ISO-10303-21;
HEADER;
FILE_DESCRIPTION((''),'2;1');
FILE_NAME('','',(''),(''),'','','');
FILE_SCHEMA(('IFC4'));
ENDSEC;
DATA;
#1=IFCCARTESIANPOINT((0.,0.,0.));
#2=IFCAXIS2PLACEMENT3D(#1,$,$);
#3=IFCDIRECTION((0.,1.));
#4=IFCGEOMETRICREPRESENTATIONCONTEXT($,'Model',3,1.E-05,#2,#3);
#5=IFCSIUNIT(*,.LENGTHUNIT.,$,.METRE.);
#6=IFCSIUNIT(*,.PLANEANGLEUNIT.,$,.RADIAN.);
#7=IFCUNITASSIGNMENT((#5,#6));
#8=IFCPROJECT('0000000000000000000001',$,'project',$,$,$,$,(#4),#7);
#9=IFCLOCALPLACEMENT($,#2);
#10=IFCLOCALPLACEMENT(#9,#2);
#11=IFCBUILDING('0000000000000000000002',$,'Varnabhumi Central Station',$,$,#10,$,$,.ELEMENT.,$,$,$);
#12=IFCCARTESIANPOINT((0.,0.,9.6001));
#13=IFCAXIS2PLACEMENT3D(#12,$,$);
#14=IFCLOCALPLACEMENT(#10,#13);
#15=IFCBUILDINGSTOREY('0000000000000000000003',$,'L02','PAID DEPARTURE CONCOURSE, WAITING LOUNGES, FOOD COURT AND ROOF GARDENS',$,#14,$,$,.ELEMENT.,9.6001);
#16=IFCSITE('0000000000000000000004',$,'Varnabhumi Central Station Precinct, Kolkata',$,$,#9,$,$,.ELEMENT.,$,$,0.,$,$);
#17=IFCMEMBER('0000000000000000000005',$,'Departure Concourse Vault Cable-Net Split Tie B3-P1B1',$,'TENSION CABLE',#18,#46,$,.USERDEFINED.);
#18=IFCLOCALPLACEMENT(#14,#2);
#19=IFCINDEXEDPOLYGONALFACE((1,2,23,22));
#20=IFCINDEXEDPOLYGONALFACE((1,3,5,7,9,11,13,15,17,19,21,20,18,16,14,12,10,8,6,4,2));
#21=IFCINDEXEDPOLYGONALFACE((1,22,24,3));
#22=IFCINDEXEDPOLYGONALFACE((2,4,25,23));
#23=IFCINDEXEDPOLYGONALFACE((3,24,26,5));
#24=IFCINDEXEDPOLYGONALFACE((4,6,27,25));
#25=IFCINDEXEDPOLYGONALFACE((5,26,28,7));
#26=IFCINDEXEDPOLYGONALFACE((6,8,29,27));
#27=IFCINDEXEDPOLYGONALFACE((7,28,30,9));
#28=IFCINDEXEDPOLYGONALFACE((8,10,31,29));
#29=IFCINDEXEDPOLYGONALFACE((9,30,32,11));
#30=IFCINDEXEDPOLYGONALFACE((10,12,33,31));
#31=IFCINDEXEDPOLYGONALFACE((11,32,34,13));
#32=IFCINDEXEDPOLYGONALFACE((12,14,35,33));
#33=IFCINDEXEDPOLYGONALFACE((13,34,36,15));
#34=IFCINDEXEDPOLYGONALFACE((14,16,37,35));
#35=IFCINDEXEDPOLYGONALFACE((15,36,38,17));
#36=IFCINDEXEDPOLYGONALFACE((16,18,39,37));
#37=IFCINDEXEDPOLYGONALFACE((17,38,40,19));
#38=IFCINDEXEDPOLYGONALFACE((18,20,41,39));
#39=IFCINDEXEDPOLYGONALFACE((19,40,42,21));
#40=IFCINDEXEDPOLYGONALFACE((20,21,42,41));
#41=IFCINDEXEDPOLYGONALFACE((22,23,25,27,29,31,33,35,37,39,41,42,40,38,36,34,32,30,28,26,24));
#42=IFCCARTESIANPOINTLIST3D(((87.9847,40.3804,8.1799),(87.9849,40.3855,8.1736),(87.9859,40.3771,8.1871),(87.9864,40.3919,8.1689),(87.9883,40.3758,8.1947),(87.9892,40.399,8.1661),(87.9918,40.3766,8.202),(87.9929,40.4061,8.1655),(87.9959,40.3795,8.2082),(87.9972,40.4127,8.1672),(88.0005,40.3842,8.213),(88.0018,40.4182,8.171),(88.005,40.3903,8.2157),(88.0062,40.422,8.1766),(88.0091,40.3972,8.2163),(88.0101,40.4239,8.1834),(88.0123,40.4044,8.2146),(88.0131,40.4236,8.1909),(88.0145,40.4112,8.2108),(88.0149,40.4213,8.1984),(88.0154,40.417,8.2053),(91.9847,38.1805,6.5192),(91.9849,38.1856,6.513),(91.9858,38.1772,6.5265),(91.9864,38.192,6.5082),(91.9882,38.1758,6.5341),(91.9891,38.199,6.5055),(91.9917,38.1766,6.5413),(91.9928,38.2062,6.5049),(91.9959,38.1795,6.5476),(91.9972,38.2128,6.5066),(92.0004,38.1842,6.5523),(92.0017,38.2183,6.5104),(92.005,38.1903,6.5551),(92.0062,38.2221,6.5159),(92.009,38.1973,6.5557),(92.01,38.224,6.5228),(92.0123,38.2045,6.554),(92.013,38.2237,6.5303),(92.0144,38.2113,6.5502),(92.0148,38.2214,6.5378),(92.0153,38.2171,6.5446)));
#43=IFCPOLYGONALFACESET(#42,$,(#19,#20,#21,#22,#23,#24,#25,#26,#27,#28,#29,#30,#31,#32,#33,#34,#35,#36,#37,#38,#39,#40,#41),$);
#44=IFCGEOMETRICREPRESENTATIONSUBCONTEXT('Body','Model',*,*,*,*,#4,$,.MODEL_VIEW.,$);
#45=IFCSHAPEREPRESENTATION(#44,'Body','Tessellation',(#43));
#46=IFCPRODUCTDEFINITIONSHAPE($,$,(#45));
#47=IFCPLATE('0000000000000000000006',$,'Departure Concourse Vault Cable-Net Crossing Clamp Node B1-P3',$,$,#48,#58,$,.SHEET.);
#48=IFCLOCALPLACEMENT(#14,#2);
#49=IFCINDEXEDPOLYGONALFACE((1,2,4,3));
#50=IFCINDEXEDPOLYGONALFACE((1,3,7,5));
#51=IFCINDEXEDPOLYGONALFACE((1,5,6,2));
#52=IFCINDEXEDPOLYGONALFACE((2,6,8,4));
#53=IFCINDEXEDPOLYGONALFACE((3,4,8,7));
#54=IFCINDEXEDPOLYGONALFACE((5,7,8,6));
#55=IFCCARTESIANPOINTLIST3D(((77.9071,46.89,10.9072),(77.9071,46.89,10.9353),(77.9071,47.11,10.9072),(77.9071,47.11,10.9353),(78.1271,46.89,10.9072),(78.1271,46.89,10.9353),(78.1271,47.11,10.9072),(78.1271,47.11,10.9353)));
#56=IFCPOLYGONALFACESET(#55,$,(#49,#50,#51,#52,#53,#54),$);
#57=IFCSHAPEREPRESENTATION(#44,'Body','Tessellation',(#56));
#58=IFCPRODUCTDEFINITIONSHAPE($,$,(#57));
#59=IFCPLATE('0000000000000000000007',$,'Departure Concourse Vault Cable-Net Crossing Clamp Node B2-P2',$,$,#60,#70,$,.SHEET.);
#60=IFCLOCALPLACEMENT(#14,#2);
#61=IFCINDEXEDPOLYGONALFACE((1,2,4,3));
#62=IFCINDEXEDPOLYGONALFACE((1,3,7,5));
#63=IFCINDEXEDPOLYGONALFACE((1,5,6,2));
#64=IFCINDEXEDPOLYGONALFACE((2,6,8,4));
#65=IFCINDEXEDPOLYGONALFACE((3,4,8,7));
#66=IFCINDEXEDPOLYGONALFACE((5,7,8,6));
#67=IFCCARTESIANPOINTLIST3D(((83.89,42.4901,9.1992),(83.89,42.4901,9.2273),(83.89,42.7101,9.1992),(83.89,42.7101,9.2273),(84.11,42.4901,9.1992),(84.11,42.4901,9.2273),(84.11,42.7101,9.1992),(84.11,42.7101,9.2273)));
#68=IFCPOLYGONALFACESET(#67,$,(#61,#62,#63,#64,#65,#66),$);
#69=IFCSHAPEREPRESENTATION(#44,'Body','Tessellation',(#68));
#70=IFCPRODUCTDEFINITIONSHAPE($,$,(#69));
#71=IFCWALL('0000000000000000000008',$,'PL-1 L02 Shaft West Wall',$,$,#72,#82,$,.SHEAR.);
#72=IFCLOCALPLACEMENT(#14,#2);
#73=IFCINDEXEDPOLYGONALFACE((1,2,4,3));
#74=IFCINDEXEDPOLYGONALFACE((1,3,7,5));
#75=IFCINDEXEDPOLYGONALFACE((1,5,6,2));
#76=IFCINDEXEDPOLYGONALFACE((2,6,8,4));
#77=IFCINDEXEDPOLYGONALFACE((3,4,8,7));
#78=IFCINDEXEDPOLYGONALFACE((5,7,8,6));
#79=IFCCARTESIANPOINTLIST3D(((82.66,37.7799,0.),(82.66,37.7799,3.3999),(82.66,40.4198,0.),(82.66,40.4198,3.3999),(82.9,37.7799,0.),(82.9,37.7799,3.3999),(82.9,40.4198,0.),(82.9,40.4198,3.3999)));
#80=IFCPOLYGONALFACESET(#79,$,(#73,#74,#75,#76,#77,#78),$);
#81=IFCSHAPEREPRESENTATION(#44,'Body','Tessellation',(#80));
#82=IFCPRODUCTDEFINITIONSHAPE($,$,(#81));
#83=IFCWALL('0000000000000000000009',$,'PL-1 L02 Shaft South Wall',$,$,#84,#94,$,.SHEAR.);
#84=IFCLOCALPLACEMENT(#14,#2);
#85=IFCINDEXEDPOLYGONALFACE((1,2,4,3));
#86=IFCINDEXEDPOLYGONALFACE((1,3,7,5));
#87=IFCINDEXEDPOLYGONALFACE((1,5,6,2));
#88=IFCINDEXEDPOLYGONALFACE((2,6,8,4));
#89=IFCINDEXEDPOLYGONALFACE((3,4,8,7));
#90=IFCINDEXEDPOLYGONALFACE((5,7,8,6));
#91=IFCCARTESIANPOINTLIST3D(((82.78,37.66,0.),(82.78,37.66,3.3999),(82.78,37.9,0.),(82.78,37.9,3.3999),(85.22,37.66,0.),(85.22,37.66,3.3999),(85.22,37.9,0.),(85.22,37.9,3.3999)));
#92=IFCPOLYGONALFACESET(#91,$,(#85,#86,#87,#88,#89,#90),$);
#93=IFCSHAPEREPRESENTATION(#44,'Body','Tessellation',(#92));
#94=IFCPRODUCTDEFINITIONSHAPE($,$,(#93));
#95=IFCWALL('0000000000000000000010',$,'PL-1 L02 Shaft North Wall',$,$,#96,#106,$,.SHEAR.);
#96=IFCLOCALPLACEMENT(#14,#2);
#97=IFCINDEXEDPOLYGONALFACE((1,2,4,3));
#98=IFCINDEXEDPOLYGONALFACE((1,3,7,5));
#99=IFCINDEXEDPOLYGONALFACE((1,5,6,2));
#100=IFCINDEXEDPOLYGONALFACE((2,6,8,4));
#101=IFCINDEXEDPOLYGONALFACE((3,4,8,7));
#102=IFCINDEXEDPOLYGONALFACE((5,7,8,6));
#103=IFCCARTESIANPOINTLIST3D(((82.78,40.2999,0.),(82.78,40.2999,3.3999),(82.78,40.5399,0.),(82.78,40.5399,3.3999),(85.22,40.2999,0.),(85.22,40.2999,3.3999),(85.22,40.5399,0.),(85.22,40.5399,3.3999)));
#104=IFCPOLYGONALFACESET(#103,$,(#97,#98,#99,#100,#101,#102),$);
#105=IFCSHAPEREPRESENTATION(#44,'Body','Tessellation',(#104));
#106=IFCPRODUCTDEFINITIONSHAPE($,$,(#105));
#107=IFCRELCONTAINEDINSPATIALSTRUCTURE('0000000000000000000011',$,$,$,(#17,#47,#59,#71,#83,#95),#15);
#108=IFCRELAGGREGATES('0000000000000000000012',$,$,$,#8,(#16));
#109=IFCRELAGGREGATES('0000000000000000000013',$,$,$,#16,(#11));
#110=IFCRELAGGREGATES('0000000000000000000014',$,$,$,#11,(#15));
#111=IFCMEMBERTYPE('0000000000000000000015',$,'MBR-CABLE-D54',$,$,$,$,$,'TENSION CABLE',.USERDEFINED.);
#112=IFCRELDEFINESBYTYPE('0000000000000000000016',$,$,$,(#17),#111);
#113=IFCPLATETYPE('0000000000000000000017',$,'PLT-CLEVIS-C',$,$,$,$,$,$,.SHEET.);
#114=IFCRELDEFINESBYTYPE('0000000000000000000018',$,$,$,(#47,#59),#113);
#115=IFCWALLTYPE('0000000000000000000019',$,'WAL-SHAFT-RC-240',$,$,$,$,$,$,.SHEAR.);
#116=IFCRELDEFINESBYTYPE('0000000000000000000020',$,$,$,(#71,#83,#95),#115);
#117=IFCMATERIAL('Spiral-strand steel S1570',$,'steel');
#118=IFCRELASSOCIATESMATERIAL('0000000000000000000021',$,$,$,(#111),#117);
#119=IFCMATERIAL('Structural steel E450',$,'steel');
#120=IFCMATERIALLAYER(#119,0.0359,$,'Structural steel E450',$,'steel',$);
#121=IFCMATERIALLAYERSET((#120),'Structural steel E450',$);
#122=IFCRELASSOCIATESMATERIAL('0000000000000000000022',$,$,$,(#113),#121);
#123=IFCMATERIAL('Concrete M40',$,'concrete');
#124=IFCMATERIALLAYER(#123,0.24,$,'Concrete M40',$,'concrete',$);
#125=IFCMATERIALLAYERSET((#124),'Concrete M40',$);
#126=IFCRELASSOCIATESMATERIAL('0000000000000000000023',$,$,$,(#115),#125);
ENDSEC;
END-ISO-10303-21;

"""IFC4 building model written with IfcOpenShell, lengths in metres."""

from ifc_helpers import new_model, si_unit, direction, frame, frame_2d, origin, origin_2d, place, context, subcontext, project, spatial, rectangle, circle, extrude, material, layer, layer_set, material_profile, profile_set, type_object, element, save


model = new_model("IFC4")

# Units and contexts
model_context = context("Model", 3, precision=1e-05, world=origin(), true_north=direction((0.0, 1.0)))
body_context = subcontext(model_context, "Body", "Model", "MODEL_VIEW")
ifc_project = project(units=[si_unit("LENGTHUNIT", "METRE"), si_unit("PLANEANGLEUNIT", "RADIAN")], contexts=[model_context])

# Site, building, storey
site_placement = place(None, origin())
site = spatial("IfcSite", under=ifc_project, at=site_placement, Name="Varnabhumi Central Station Precinct, Kolkata", CompositionType="ELEMENT", RefElevation=0.0)
building_placement = place(site_placement, origin())
building = spatial("IfcBuilding", under=site, at=building_placement, Name="Varnabhumi Central Station", CompositionType="ELEMENT")
storey_placement = place(building_placement, frame((0.0, 0.0, 9.6001)))
storey = spatial("IfcBuildingStorey", under=building, at=storey_placement, Name="L02", Description="PAID DEPARTURE CONCOURSE, WAITING LOUNGES, FOOD COURT AND ROOF GARDENS", CompositionType="ELEMENT", Elevation=9.6001)

# Shared definitions
ifc_material_1 = material(Name="Structural steel E450", Category="steel")

# Member
ifc_material_2 = material(Name="Spiral-strand steel S1570", Category="steel")
ifc_material_profile_1 = material_profile(ifc_material_2, circle(Radius=0.0271, at=origin_2d()), Name="Spiral-strand steel S1570", Category="steel")
ifc_profile_set_1 = profile_set([ifc_material_profile_1], Name="Spiral-strand steel S1570")
member_type = type_object("IfcMemberType", Name="MBR-CABLE-D54", ElementType="TENSION CABLE", PredefinedType="USERDEFINED", material=ifc_profile_set_1)
member_1_placement = place(storey_placement, frame((88.0, 40.3999, 8.1909), z_axis=(0.82343, -0.452877, -0.341856), x_axis=(0.481911, 0.87622, 0.0)))
element("IfcMember", 1, at=member_1_placement, inside=storey, type_object=member_type, Name="Departure Concourse Vault Cable-Net Split Tie B3-P1B1", ObjectType="TENSION CABLE", PredefinedType="USERDEFINED", context=body_context, shape_type="SweptSolid", body=[
    extrude(circle(Radius=0.0271, at=origin_2d()), origin(), (0.0, 0.0, 1.0), 4.8577),
])

# Plates
ifc_layer_1 = layer(ifc_material_1, 0.0359, Name="Structural steel E450", Category="steel")
ifc_layer_set_1 = layer_set([ifc_layer_1], Name="Structural steel E450")
plate_type = type_object("IfcPlateType", Name="PLT-CLEVIS-C", PredefinedType="SHEET", material=ifc_layer_set_1)
for number, where, z_axis, x_axis, name in (
    (2, (78.0171, 47.0, 10.9072), (0.0, 0.0, 1.0), (1.0, 0.0, 0.0), "Departure Concourse Vault Cable-Net Crossing Clamp Node B1-P3"),
    (3, (84.0, 42.6001, 9.1992), (0.0, 0.0, 1.0), (1.0, 0.0, 0.0), "Departure Concourse Vault Cable-Net Crossing Clamp Node B2-P2"),
):
    element("IfcPlate", number, at=place(storey_placement, frame(where, z_axis=z_axis, x_axis=x_axis)), inside=storey, type_object=plate_type, Name=name, PredefinedType="SHEET", context=body_context, shape_type="SweptSolid", body=[
        extrude(rectangle(XDim=0.22, YDim=0.22, at=origin_2d()), origin(), (0.0, 0.0, 1.0), 0.0281),
    ])

# Walls
ifc_material_3 = material(Name="Concrete M40", Category="concrete")
ifc_layer_2 = layer(ifc_material_3, 0.24, Name="Concrete M40", Category="concrete")
ifc_layer_set_2 = layer_set([ifc_layer_2], Name="Concrete M40")
wall_type = type_object("IfcWallType", Name="WAL-SHAFT-RC-240", PredefinedType="SHEAR", material=ifc_layer_set_2)
wall_1_placement = place(storey_placement, frame((82.78, 37.78, 0.0), z_axis=(0.0, 0.0, 1.0), x_axis=(0.0, 1.0, 0.0)))
element("IfcWall", 4, at=wall_1_placement, inside=storey, type_object=wall_type, Name="PL-1 L02 Shaft West Wall", PredefinedType="SHEAR", context=body_context, shape_type="SweptSolid", body=[
    extrude(rectangle(XDim=2.6399, YDim=0.24, at=frame_2d((1.3198, 0.0))), origin(), (0.0, 0.0, 1.0), 3.3999),
])
for number, where, z_axis, x_axis, name in (
    (5, (82.78, 37.78, 0.0), (0.0, 0.0, 1.0), (1.0, 0.0, 0.0), "PL-1 L02 Shaft South Wall"),
    (6, (82.78, 40.4199, 0.0), (0.0, 0.0, 1.0), (1.0, 0.0, 0.0), "PL-1 L02 Shaft North Wall"),
):
    element("IfcWall", number, at=place(storey_placement, frame(where, z_axis=z_axis, x_axis=x_axis)), inside=storey, type_object=wall_type, Name=name, PredefinedType="SHEAR", context=body_context, shape_type="SweptSolid", body=[
        extrude(rectangle(XDim=2.4399, YDim=0.24, at=frame_2d((1.22, 0.0))), origin(), (0.0, 0.0, 1.0), 3.3999),
    ])

save(model, "model.ifc")
